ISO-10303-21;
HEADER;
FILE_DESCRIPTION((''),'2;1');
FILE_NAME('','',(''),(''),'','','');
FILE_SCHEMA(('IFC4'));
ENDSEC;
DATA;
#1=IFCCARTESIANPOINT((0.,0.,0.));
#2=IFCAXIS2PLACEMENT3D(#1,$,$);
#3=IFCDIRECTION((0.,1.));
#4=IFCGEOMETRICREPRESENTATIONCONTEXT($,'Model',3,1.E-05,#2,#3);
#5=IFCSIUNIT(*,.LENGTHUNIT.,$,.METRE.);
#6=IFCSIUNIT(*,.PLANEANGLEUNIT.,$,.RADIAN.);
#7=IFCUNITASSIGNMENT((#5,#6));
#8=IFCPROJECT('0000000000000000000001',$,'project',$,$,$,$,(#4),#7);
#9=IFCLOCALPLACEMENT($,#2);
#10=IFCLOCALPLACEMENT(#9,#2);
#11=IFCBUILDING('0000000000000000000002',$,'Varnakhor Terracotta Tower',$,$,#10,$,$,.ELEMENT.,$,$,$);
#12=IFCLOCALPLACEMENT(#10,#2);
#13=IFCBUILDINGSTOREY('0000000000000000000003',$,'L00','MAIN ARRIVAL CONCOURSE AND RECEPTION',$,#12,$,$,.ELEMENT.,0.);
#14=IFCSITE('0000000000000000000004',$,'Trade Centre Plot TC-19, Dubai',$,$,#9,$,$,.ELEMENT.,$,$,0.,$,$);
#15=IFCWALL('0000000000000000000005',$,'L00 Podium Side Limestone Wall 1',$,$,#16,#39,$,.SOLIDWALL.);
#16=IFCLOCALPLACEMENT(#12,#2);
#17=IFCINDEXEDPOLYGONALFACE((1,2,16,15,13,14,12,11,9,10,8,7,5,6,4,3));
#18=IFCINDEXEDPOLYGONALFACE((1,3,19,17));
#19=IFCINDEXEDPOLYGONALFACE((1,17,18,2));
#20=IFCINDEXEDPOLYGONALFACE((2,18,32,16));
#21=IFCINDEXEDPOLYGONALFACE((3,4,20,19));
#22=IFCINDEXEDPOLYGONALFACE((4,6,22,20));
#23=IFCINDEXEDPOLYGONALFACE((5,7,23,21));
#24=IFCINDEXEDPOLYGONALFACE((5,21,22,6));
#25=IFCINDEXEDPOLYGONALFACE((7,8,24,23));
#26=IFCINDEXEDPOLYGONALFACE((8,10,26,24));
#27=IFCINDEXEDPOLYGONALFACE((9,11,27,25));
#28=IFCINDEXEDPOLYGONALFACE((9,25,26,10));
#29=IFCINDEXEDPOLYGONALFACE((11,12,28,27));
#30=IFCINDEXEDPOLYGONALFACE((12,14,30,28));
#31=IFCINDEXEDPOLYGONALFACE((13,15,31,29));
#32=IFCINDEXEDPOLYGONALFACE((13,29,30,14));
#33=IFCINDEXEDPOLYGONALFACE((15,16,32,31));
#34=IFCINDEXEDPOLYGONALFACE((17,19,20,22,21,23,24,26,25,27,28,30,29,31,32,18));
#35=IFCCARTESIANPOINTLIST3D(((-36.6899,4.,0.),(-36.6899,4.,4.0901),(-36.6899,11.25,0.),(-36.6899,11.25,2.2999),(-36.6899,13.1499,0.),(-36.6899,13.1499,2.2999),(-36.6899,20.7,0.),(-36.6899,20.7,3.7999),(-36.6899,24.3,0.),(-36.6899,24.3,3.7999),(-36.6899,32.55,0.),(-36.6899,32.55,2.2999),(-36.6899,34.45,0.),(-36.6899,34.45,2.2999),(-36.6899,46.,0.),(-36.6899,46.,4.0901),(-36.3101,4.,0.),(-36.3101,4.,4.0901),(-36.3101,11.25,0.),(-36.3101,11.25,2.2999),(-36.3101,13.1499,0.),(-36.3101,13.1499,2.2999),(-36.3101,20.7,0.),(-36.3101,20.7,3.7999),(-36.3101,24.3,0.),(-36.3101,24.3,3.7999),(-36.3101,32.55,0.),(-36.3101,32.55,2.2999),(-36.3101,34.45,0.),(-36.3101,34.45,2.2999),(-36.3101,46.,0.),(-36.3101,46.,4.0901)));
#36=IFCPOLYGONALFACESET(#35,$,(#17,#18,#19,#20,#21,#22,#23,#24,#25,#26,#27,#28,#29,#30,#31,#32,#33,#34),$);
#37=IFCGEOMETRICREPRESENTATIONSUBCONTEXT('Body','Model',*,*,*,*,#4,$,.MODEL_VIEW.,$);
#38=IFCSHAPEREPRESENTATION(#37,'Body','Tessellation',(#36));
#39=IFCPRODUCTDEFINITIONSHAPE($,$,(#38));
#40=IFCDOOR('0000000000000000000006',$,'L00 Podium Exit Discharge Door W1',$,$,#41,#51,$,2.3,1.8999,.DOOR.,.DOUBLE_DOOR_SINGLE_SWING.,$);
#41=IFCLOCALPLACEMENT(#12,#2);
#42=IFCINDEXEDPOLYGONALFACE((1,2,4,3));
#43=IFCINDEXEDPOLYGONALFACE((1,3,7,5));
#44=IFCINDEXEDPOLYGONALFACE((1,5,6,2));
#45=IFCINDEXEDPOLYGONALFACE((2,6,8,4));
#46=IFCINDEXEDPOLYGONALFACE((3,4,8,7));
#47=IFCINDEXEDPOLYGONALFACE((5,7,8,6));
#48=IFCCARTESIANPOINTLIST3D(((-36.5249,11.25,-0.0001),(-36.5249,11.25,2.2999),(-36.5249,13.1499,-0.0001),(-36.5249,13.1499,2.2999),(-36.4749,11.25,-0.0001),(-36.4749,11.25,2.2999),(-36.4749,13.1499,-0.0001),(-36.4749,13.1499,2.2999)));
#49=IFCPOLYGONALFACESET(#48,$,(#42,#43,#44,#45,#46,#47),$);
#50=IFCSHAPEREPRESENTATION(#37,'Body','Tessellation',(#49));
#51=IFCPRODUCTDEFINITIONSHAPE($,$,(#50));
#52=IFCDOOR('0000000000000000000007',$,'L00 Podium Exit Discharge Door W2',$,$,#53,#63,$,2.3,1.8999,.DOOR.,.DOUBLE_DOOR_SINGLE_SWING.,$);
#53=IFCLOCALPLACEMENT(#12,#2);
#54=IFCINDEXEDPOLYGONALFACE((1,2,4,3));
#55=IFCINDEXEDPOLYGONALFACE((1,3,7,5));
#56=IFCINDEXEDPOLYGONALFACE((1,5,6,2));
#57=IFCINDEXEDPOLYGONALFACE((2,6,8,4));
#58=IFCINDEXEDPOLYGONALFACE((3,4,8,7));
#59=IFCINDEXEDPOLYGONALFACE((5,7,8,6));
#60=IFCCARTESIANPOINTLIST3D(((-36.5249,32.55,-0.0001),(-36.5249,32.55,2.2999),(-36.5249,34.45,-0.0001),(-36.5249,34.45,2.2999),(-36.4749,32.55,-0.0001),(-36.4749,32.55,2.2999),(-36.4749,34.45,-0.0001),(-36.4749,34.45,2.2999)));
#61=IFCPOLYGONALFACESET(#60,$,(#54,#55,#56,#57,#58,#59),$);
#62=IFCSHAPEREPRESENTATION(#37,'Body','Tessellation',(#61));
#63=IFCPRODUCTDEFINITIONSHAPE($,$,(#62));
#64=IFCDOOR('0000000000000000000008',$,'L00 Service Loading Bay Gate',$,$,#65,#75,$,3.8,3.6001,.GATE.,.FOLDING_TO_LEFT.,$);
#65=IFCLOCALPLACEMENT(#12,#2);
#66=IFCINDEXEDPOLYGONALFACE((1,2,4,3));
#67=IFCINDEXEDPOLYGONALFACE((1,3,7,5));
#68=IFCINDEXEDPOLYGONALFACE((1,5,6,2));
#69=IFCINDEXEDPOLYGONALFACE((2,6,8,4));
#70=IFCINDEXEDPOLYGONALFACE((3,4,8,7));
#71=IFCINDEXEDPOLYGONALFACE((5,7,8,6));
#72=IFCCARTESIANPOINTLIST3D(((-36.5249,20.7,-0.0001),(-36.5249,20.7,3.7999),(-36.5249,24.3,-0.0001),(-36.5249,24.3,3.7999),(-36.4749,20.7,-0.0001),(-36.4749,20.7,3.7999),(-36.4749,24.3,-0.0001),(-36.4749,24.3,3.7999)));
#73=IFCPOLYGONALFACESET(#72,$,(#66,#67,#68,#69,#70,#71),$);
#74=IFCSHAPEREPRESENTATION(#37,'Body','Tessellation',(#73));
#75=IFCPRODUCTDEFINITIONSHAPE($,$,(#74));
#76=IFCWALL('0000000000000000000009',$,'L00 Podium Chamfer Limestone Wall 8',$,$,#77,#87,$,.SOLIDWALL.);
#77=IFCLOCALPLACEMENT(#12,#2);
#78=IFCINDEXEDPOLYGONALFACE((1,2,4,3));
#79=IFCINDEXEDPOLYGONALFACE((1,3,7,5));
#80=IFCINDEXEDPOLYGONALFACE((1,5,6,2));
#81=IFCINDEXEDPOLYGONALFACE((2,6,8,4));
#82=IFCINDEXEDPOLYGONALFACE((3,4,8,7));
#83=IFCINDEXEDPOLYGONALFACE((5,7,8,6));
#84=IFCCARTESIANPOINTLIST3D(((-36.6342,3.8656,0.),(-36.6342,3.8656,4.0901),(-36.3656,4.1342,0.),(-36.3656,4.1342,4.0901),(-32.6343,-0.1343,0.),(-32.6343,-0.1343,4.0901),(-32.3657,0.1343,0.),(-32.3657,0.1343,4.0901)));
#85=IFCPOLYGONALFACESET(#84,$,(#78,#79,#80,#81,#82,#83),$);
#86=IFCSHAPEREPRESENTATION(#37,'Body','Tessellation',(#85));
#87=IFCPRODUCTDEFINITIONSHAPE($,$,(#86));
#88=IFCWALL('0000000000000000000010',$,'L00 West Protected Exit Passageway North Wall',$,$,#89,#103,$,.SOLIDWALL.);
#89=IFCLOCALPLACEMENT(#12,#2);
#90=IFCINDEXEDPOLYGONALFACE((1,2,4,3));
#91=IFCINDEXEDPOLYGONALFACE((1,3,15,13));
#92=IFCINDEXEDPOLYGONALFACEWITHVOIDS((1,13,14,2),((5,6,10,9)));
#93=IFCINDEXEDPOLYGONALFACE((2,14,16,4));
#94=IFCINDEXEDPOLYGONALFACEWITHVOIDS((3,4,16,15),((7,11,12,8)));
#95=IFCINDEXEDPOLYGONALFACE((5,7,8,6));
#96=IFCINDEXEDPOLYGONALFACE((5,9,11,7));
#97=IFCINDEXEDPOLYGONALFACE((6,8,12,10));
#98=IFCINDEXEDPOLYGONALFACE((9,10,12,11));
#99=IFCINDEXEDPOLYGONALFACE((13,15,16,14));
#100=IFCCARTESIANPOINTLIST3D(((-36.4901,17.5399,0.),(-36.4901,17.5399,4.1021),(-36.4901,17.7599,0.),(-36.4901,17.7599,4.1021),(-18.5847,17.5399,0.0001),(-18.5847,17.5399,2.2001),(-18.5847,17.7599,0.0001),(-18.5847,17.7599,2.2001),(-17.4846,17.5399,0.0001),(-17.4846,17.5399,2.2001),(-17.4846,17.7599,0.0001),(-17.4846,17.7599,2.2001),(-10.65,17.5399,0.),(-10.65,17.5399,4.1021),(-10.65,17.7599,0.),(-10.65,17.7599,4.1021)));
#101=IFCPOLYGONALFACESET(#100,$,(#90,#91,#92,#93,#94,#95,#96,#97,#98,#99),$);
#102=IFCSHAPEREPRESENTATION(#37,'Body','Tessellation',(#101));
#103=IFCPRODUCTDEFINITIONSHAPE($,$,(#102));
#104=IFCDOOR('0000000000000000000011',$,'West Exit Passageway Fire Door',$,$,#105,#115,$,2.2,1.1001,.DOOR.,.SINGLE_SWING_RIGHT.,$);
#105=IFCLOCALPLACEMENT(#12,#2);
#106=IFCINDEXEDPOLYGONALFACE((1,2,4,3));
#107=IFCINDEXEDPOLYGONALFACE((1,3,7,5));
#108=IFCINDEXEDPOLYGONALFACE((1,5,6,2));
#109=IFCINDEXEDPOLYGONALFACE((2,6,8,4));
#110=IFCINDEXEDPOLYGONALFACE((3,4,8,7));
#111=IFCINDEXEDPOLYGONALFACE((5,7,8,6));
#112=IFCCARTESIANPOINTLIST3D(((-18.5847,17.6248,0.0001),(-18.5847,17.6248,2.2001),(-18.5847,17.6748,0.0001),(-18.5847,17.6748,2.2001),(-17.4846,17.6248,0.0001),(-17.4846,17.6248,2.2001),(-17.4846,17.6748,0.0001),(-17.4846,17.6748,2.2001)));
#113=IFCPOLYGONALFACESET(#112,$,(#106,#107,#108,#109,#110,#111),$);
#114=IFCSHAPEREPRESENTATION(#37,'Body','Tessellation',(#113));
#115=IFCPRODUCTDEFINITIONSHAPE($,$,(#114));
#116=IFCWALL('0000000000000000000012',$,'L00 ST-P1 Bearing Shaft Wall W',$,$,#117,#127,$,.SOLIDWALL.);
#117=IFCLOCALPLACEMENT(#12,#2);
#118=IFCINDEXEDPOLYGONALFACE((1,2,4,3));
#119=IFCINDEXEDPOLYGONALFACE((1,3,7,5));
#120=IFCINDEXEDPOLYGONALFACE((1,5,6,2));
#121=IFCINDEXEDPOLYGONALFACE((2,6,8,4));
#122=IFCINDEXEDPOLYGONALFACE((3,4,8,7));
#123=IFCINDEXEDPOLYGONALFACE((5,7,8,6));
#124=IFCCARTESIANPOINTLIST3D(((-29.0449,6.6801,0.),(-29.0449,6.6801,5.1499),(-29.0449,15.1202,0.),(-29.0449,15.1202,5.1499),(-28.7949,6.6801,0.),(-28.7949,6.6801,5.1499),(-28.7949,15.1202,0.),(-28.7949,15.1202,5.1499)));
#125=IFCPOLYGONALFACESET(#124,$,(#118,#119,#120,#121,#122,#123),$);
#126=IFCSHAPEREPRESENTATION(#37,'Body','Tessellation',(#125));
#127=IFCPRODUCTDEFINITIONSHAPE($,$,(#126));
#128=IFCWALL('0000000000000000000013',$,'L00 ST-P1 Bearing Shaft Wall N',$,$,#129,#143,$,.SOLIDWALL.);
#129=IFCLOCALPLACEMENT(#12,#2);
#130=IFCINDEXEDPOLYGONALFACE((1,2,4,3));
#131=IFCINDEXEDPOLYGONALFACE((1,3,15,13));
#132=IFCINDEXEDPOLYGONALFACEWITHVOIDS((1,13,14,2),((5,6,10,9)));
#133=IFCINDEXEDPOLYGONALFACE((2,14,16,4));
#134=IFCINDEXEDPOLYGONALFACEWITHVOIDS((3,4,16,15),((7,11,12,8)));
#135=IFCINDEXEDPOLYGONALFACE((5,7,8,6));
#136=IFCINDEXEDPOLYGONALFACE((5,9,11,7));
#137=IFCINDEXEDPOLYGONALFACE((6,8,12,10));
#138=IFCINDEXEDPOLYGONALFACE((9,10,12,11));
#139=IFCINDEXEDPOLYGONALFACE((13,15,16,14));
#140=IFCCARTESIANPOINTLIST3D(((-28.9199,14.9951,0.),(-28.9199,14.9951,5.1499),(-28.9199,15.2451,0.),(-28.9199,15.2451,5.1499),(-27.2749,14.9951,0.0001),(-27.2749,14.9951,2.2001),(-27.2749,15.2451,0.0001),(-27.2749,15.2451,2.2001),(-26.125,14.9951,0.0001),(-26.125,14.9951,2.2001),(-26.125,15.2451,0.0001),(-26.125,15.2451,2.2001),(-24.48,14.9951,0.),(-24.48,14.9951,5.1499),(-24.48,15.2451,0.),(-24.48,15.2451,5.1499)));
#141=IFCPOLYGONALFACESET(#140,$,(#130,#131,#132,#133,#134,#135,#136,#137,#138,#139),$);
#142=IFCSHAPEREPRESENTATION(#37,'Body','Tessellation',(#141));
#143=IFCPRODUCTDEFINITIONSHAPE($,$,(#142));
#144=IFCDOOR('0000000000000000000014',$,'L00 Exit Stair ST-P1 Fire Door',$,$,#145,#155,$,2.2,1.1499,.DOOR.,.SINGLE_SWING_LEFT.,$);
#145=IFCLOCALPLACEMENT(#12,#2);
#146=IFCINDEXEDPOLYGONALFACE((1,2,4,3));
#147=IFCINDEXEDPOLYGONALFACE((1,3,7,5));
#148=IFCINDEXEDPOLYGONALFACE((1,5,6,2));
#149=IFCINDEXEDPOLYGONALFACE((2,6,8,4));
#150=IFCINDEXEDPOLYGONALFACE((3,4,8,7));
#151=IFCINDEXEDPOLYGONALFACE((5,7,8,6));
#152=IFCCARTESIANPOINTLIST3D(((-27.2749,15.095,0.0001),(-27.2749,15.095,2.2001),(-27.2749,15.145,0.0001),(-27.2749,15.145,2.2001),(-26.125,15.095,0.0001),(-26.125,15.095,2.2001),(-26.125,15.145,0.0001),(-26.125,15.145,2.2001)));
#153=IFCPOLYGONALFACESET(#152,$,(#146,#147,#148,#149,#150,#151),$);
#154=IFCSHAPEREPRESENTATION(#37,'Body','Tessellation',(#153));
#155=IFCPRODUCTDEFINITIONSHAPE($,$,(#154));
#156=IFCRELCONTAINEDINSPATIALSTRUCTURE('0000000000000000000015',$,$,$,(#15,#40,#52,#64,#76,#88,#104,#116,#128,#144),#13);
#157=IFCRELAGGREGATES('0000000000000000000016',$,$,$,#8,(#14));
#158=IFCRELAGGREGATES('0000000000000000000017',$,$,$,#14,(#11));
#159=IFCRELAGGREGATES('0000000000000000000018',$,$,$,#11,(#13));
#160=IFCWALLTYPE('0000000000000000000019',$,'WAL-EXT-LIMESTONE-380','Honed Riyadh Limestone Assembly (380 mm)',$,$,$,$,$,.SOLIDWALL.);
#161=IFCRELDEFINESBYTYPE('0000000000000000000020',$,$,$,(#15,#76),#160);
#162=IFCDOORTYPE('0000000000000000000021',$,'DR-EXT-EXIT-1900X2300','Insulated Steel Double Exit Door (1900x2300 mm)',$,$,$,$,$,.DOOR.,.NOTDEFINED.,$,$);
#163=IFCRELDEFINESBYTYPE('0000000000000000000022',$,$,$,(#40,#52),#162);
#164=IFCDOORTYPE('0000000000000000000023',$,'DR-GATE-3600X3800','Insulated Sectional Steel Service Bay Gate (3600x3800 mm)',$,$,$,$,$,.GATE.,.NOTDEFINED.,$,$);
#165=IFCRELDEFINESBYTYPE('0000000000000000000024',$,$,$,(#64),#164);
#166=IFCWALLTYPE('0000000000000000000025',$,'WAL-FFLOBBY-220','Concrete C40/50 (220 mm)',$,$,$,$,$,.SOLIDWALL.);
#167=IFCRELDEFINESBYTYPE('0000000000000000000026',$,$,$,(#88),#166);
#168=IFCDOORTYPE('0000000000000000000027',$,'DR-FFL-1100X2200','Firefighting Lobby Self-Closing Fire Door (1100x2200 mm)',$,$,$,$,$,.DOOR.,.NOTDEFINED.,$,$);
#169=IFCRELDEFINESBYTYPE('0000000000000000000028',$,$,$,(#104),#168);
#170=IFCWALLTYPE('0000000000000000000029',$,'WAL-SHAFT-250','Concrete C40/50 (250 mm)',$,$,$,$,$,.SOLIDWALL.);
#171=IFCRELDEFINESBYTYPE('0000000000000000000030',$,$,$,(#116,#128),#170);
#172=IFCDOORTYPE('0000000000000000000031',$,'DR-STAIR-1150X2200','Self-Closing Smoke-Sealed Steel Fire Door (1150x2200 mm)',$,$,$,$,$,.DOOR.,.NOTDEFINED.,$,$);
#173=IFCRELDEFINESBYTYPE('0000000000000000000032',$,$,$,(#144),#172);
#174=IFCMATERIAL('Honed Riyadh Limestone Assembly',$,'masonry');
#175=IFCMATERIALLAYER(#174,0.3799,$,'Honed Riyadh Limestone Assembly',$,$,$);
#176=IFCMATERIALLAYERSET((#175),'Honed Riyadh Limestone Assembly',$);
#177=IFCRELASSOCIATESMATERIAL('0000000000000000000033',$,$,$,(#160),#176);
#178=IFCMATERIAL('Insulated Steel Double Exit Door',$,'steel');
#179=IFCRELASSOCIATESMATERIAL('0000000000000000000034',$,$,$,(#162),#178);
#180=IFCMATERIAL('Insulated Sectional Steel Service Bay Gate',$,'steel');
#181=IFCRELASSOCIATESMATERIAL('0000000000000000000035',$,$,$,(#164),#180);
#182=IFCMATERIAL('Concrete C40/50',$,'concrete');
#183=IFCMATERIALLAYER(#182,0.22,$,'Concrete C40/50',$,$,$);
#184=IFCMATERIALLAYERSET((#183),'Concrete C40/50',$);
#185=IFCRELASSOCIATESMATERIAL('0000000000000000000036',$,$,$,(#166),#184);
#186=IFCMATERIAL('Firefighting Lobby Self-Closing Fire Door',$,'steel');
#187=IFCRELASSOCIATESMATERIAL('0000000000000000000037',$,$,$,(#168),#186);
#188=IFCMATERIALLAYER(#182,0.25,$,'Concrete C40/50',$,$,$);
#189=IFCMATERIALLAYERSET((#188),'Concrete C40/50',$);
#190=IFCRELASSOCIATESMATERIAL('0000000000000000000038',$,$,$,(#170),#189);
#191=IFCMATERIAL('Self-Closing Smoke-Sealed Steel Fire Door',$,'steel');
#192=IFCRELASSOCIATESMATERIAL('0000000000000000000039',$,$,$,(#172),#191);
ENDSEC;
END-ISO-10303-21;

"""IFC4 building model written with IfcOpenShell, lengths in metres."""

from ifc_helpers import new_model, si_unit, direction, frame, frame_2d, origin, place, context, subcontext, project, spatial, rectangle, extrude, source, transform, mapped, material, layer, layer_set, type_object, type_shapes, element, fill, save


model = new_model("IFC4")

# Units and contexts
model_context = context("Model", 3, precision=1e-05, world=origin(), true_north=direction((0.0, 1.0)))
body_context = subcontext(model_context, "Body", "Model", "MODEL_VIEW")
ifc_project = project(units=[si_unit("LENGTHUNIT", "METRE"), si_unit("PLANEANGLEUNIT", "RADIAN")], contexts=[model_context])

# Site, building, storey
site_placement = place(None, origin())
site = spatial("IfcSite", under=ifc_project, at=site_placement, Name="Trade Centre Plot TC-19, Dubai", CompositionType="ELEMENT", RefElevation=0.0)
building_placement = place(site_placement, origin())
building = spatial("IfcBuilding", under=site, at=building_placement, Name="Varnakhor Terracotta Tower", CompositionType="ELEMENT")
storey_placement = place(building_placement, origin())
storey = spatial("IfcBuildingStorey", under=building, at=storey_placement, Name="L00", Description="MAIN ARRIVAL CONCOURSE AND RECEPTION", CompositionType="ELEMENT", Elevation=0.0)

# Wall, openings, doors
ifc_material_1 = material(Name="Honed Riyadh Limestone Assembly", Category="masonry")
ifc_layer_1 = layer(ifc_material_1, 0.3799, Name="Honed Riyadh Limestone Assembly")
ifc_layer_set_1 = layer_set([ifc_layer_1], Name="Honed Riyadh Limestone Assembly")
wall_type_1 = type_object("IfcWallType", Name="WAL-EXT-LIMESTONE-380", Description="Honed Riyadh Limestone Assembly (380 mm)", PredefinedType="SOLIDWALL", material=ifc_layer_set_1)
wall_1_placement = place(storey_placement, frame((-36.5, 4.0, 0.0), z_axis=(0.0, 0.0, 1.0), x_axis=(0.0, 1.0, 0.0)))
wall_1 = element("IfcWall", 1, at=wall_1_placement, inside=storey, type_object=wall_type_1, Name="L00 Podium Side Limestone Wall 1", PredefinedType="SOLIDWALL", context=body_context, shape_type="SweptSolid", body=[
    extrude(rectangle(XDim=42.0, YDim=0.3799, at=frame_2d((21.0, 0.0))), origin(), (0.0, 0.0, 1.0), 4.0901),
])
opening_1_placement = place(wall_1_placement, frame((7.25, 0.0, 0.0)))
opening_1 = element("IfcOpeningElement", 2, at=opening_1_placement, cuts=wall_1, PredefinedType="OPENING", context=body_context, shape_type="SweptSolid", body=[
    extrude(rectangle(XDim=1.8999, YDim=2.3, at=frame_2d((0.95, 1.1499))), frame((0.0, 0.2, 0.0), z_axis=(0.0, -1.0, 0.0), x_axis=(1.0, 0.0, 0.0)), (0.0, 0.0, 1.0), 0.3999),
])
opening_2_placement = place(wall_1_placement, frame((28.55, 0.0, 0.0)))
opening_2 = element("IfcOpeningElement", 3, at=opening_2_placement, cuts=wall_1, PredefinedType="OPENING", context=body_context, shape_type="SweptSolid", body=[
    extrude(rectangle(XDim=1.8999, YDim=2.3, at=frame_2d((0.95, 1.1499))), frame((0.0, 0.2, 0.0), z_axis=(0.0, -1.0, 0.0), x_axis=(1.0, 0.0, 0.0)), (0.0, 0.0, 1.0), 0.3999),
])
opening_3_placement = place(wall_1_placement, frame((16.7, 0.0, 0.0)))
opening_3 = element("IfcOpeningElement", 4, at=opening_3_placement, cuts=wall_1, PredefinedType="OPENING", context=body_context, shape_type="SweptSolid", body=[
    extrude(rectangle(XDim=3.6001, YDim=3.8, at=frame_2d((1.8, 1.8999))), frame((0.0, 0.2, 0.0), z_axis=(0.0, -1.0, 0.0), x_axis=(1.0, 0.0, 0.0)), (0.0, 0.0, 1.0), 0.3999),
])
ifc_material_2 = material(Name="Insulated Steel Double Exit Door", Category="steel")
door_type_1 = type_object("IfcDoorType", Name="DR-EXT-EXIT-1900X2300", Description="Insulated Steel Double Exit Door (1900x2300 mm)", OperationType="NOTDEFINED", PredefinedType="DOOR", material=ifc_material_2)
shared_shape_1 = source(origin(), body_context, "Body", "SweptSolid", [
    extrude(rectangle(XDim=1.8999, YDim=2.3, at=frame_2d((0.95, 1.1499))), frame((0.0, 0.0249, 0.0), z_axis=(0.0, -1.0, 0.0), x_axis=(1.0, 0.0, 0.0)), (0.0, 0.0, 1.0), 0.05),
])
type_shapes(door_type_1, [shared_shape_1])
door_1_placement = place(opening_1_placement, origin())
door_1 = element("IfcDoor", 5, at=door_1_placement, inside=storey, type_object=door_type_1, Name="L00 Podium Exit Discharge Door W1", OperationType="DOUBLE_DOOR_SINGLE_SWING", OverallHeight=2.3, OverallWidth=1.8999, PredefinedType="DOOR", context=body_context, shape_type="MappedRepresentation", body=[
    mapped(shared_shape_1, transform((0.0, 0.0, 0.0), scale=1.0)),
])
fill(opening_1, door_1)
door_2_placement = place(opening_2_placement, origin())
door_2 = element("IfcDoor", 6, at=door_2_placement, inside=storey, type_object=door_type_1, Name="L00 Podium Exit Discharge Door W2", OperationType="DOUBLE_DOOR_SINGLE_SWING", OverallHeight=2.3, OverallWidth=1.8999, PredefinedType="DOOR", context=body_context, shape_type="MappedRepresentation", body=[
    mapped(shared_shape_1, transform((0.0, 0.0, 0.0), scale=1.0)),
])
fill(opening_2, door_2)
ifc_material_3 = material(Name="Insulated Sectional Steel Service Bay Gate", Category="steel")
door_type_2 = type_object("IfcDoorType", Name="DR-GATE-3600X3800", Description="Insulated Sectional Steel Service Bay Gate (3600x3800 mm)", OperationType="NOTDEFINED", PredefinedType="GATE", material=ifc_material_3)
shared_shape_2 = source(origin(), body_context, "Body", "SweptSolid", [
    extrude(rectangle(XDim=3.6001, YDim=3.8, at=frame_2d((1.8, 1.8999))), frame((0.0, 0.0249, 0.0), z_axis=(0.0, -1.0, 0.0), x_axis=(1.0, 0.0, 0.0)), (0.0, 0.0, 1.0), 0.05),
])
type_shapes(door_type_2, [shared_shape_2])
door_3_placement = place(opening_3_placement, origin())
door_3 = element("IfcDoor", 7, at=door_3_placement, inside=storey, type_object=door_type_2, Name="L00 Service Loading Bay Gate", OperationType="FOLDING_TO_LEFT", OverallHeight=3.8, OverallWidth=3.6001, PredefinedType="GATE", context=body_context, shape_type="MappedRepresentation", body=[
    mapped(shared_shape_2, transform((0.0, 0.0, 0.0), scale=1.0)),
])
fill(opening_3, door_3)

# Wall
wall_2_placement = place(storey_placement, frame((-32.5, 0.0, 0.0), z_axis=(0.0, 0.0, 1.0), x_axis=(-0.707107, 0.707107, 0.0)))
element("IfcWall", 8, at=wall_2_placement, inside=storey, type_object=wall_type_1, Name="L00 Podium Chamfer Limestone Wall 8", PredefinedType="SOLIDWALL", context=body_context, shape_type="SweptSolid", body=[
    extrude(rectangle(XDim=5.6567, YDim=0.3799, at=frame_2d((2.8284, 0.0))), origin(), (0.0, 0.0, 1.0), 4.0901),
])

# Wall, opening, door
ifc_material_4 = material(Name="Concrete C40/50", Category="concrete")
ifc_layer_2 = layer(ifc_material_4, 0.22, Name="Concrete C40/50")
ifc_layer_set_2 = layer_set([ifc_layer_2], Name="Concrete C40/50")
wall_type_2 = type_object("IfcWallType", Name="WAL-FFLOBBY-220", Description="Concrete C40/50 (220 mm)", PredefinedType="SOLIDWALL", material=ifc_layer_set_2)
wall_3_placement = place(storey_placement, frame((-36.49, 17.6499, 0.0), z_axis=(0.0, 0.0, 1.0), x_axis=(1.0, 0.0, 0.0)))
wall_3 = element("IfcWall", 9, at=wall_3_placement, inside=storey, type_object=wall_type_2, Name="L00 West Protected Exit Passageway North Wall", PredefinedType="SOLIDWALL", context=body_context, shape_type="SweptSolid", body=[
    extrude(rectangle(XDim=25.8401, YDim=0.22, at=frame_2d((12.9199, 0.0))), origin(), (0.0, 0.0, 1.0), 4.1021),
])
opening_4_placement = place(wall_3_placement, frame((17.9053, 0.0, 0.0)))
opening_4 = element("IfcOpeningElement", 10, at=opening_4_placement, cuts=wall_3, PredefinedType="OPENING", context=body_context, shape_type="SweptSolid", body=[
    extrude(rectangle(XDim=1.1001, YDim=2.2, at=frame_2d((0.55, 1.1001))), frame((0.0, 0.1201, 0.0), z_axis=(0.0, -1.0, 0.0), x_axis=(1.0, 0.0, 0.0)), (0.0, 0.0, 1.0), 0.24),
])
ifc_material_5 = material(Name="Firefighting Lobby Self-Closing Fire Door", Category="steel")
door_type_3 = type_object("IfcDoorType", Name="DR-FFL-1100X2200", Description="Firefighting Lobby Self-Closing Fire Door (1100x2200 mm)", OperationType="NOTDEFINED", PredefinedType="DOOR", material=ifc_material_5)
shared_shape_3 = source(origin(), body_context, "Body", "SweptSolid", [
    extrude(rectangle(XDim=1.1001, YDim=2.2, at=frame_2d((0.55, 1.1001))), frame((0.0, 0.0249, 0.0), z_axis=(0.0, -1.0, 0.0), x_axis=(1.0, 0.0, 0.0)), (0.0, 0.0, 1.0), 0.05),
])
type_shapes(door_type_3, [shared_shape_3])
door_4_placement = place(opening_4_placement, origin())
door_4 = element("IfcDoor", 11, at=door_4_placement, inside=storey, type_object=door_type_3, Name="West Exit Passageway Fire Door", OperationType="SINGLE_SWING_RIGHT", OverallHeight=2.2, OverallWidth=1.1001, PredefinedType="DOOR", context=body_context, shape_type="MappedRepresentation", body=[
    mapped(shared_shape_3, transform((0.0, 0.0, 0.0), scale=1.0)),
])
fill(opening_4, door_4)

# Wall
ifc_layer_3 = layer(ifc_material_4, 0.25, Name="Concrete C40/50")
ifc_layer_set_3 = layer_set([ifc_layer_3], Name="Concrete C40/50")
wall_type_3 = type_object("IfcWallType", Name="WAL-SHAFT-250", Description="Concrete C40/50 (250 mm)", PredefinedType="SOLIDWALL", material=ifc_layer_set_3)
wall_4_placement = place(storey_placement, frame((-28.9199, 6.6799, 0.0), z_axis=(0.0, 0.0, 1.0), x_axis=(0.0, 1.0, 0.0)))
element("IfcWall", 12, at=wall_4_placement, inside=storey, type_object=wall_type_3, Name="L00 ST-P1 Bearing Shaft Wall W", PredefinedType="SOLIDWALL", context=body_context, shape_type="SweptSolid", body=[
    extrude(rectangle(XDim=8.4402, YDim=0.25, at=frame_2d((4.2202, 0.0))), origin(), (0.0, 0.0, 1.0), 5.1499),
])

# Wall, opening, door
wall_5_placement = place(storey_placement, frame((-28.9199, 15.1201, 0.0), z_axis=(0.0, 0.0, 1.0), x_axis=(1.0, 0.0, 0.0)))
wall_5 = element("IfcWall", 13, at=wall_5_placement, inside=storey, type_object=wall_type_3, Name="L00 ST-P1 Bearing Shaft Wall N", PredefinedType="SOLIDWALL", context=body_context, shape_type="SweptSolid", body=[
    extrude(rectangle(XDim=4.4399, YDim=0.25, at=frame_2d((2.22, 0.0))), origin(), (0.0, 0.0, 1.0), 5.1499),
])
opening_5_placement = place(wall_5_placement, frame((1.645, 0.0, 0.0)))
opening_5 = element("IfcOpeningElement", 14, at=opening_5_placement, cuts=wall_5, PredefinedType="OPENING", context=body_context, shape_type="SweptSolid", body=[
    extrude(rectangle(XDim=1.1499, YDim=2.2, at=frame_2d((0.575, 1.1001))), frame((0.0, 0.135, 0.0), z_axis=(0.0, -1.0, 0.0), x_axis=(1.0, 0.0, 0.0)), (0.0, 0.0, 1.0), 0.27),
])
ifc_material_6 = material(Name="Self-Closing Smoke-Sealed Steel Fire Door", Category="steel")
door_type_4 = type_object("IfcDoorType", Name="DR-STAIR-1150X2200", Description="Self-Closing Smoke-Sealed Steel Fire Door (1150x2200 mm)", OperationType="NOTDEFINED", PredefinedType="DOOR", material=ifc_material_6)
shared_shape_4 = source(origin(), body_context, "Body", "SweptSolid", [
    extrude(rectangle(XDim=1.1499, YDim=2.2, at=frame_2d((0.575, 1.1001))), frame((0.0, 0.0249, 0.0), z_axis=(0.0, -1.0, 0.0), x_axis=(1.0, 0.0, 0.0)), (0.0, 0.0, 1.0), 0.05),
])
type_shapes(door_type_4, [shared_shape_4])
door_5_placement = place(opening_5_placement, origin())
door_5 = element("IfcDoor", 15, at=door_5_placement, inside=storey, type_object=door_type_4, Name="L00 Exit Stair ST-P1 Fire Door", OperationType="SINGLE_SWING_LEFT", OverallHeight=2.2, OverallWidth=1.1499, PredefinedType="DOOR", context=body_context, shape_type="MappedRepresentation", body=[
    mapped(shared_shape_4, transform((0.0, 0.0, 0.0), scale=1.0)),
])
fill(opening_5, door_5)

save(model, "model.ifc")
